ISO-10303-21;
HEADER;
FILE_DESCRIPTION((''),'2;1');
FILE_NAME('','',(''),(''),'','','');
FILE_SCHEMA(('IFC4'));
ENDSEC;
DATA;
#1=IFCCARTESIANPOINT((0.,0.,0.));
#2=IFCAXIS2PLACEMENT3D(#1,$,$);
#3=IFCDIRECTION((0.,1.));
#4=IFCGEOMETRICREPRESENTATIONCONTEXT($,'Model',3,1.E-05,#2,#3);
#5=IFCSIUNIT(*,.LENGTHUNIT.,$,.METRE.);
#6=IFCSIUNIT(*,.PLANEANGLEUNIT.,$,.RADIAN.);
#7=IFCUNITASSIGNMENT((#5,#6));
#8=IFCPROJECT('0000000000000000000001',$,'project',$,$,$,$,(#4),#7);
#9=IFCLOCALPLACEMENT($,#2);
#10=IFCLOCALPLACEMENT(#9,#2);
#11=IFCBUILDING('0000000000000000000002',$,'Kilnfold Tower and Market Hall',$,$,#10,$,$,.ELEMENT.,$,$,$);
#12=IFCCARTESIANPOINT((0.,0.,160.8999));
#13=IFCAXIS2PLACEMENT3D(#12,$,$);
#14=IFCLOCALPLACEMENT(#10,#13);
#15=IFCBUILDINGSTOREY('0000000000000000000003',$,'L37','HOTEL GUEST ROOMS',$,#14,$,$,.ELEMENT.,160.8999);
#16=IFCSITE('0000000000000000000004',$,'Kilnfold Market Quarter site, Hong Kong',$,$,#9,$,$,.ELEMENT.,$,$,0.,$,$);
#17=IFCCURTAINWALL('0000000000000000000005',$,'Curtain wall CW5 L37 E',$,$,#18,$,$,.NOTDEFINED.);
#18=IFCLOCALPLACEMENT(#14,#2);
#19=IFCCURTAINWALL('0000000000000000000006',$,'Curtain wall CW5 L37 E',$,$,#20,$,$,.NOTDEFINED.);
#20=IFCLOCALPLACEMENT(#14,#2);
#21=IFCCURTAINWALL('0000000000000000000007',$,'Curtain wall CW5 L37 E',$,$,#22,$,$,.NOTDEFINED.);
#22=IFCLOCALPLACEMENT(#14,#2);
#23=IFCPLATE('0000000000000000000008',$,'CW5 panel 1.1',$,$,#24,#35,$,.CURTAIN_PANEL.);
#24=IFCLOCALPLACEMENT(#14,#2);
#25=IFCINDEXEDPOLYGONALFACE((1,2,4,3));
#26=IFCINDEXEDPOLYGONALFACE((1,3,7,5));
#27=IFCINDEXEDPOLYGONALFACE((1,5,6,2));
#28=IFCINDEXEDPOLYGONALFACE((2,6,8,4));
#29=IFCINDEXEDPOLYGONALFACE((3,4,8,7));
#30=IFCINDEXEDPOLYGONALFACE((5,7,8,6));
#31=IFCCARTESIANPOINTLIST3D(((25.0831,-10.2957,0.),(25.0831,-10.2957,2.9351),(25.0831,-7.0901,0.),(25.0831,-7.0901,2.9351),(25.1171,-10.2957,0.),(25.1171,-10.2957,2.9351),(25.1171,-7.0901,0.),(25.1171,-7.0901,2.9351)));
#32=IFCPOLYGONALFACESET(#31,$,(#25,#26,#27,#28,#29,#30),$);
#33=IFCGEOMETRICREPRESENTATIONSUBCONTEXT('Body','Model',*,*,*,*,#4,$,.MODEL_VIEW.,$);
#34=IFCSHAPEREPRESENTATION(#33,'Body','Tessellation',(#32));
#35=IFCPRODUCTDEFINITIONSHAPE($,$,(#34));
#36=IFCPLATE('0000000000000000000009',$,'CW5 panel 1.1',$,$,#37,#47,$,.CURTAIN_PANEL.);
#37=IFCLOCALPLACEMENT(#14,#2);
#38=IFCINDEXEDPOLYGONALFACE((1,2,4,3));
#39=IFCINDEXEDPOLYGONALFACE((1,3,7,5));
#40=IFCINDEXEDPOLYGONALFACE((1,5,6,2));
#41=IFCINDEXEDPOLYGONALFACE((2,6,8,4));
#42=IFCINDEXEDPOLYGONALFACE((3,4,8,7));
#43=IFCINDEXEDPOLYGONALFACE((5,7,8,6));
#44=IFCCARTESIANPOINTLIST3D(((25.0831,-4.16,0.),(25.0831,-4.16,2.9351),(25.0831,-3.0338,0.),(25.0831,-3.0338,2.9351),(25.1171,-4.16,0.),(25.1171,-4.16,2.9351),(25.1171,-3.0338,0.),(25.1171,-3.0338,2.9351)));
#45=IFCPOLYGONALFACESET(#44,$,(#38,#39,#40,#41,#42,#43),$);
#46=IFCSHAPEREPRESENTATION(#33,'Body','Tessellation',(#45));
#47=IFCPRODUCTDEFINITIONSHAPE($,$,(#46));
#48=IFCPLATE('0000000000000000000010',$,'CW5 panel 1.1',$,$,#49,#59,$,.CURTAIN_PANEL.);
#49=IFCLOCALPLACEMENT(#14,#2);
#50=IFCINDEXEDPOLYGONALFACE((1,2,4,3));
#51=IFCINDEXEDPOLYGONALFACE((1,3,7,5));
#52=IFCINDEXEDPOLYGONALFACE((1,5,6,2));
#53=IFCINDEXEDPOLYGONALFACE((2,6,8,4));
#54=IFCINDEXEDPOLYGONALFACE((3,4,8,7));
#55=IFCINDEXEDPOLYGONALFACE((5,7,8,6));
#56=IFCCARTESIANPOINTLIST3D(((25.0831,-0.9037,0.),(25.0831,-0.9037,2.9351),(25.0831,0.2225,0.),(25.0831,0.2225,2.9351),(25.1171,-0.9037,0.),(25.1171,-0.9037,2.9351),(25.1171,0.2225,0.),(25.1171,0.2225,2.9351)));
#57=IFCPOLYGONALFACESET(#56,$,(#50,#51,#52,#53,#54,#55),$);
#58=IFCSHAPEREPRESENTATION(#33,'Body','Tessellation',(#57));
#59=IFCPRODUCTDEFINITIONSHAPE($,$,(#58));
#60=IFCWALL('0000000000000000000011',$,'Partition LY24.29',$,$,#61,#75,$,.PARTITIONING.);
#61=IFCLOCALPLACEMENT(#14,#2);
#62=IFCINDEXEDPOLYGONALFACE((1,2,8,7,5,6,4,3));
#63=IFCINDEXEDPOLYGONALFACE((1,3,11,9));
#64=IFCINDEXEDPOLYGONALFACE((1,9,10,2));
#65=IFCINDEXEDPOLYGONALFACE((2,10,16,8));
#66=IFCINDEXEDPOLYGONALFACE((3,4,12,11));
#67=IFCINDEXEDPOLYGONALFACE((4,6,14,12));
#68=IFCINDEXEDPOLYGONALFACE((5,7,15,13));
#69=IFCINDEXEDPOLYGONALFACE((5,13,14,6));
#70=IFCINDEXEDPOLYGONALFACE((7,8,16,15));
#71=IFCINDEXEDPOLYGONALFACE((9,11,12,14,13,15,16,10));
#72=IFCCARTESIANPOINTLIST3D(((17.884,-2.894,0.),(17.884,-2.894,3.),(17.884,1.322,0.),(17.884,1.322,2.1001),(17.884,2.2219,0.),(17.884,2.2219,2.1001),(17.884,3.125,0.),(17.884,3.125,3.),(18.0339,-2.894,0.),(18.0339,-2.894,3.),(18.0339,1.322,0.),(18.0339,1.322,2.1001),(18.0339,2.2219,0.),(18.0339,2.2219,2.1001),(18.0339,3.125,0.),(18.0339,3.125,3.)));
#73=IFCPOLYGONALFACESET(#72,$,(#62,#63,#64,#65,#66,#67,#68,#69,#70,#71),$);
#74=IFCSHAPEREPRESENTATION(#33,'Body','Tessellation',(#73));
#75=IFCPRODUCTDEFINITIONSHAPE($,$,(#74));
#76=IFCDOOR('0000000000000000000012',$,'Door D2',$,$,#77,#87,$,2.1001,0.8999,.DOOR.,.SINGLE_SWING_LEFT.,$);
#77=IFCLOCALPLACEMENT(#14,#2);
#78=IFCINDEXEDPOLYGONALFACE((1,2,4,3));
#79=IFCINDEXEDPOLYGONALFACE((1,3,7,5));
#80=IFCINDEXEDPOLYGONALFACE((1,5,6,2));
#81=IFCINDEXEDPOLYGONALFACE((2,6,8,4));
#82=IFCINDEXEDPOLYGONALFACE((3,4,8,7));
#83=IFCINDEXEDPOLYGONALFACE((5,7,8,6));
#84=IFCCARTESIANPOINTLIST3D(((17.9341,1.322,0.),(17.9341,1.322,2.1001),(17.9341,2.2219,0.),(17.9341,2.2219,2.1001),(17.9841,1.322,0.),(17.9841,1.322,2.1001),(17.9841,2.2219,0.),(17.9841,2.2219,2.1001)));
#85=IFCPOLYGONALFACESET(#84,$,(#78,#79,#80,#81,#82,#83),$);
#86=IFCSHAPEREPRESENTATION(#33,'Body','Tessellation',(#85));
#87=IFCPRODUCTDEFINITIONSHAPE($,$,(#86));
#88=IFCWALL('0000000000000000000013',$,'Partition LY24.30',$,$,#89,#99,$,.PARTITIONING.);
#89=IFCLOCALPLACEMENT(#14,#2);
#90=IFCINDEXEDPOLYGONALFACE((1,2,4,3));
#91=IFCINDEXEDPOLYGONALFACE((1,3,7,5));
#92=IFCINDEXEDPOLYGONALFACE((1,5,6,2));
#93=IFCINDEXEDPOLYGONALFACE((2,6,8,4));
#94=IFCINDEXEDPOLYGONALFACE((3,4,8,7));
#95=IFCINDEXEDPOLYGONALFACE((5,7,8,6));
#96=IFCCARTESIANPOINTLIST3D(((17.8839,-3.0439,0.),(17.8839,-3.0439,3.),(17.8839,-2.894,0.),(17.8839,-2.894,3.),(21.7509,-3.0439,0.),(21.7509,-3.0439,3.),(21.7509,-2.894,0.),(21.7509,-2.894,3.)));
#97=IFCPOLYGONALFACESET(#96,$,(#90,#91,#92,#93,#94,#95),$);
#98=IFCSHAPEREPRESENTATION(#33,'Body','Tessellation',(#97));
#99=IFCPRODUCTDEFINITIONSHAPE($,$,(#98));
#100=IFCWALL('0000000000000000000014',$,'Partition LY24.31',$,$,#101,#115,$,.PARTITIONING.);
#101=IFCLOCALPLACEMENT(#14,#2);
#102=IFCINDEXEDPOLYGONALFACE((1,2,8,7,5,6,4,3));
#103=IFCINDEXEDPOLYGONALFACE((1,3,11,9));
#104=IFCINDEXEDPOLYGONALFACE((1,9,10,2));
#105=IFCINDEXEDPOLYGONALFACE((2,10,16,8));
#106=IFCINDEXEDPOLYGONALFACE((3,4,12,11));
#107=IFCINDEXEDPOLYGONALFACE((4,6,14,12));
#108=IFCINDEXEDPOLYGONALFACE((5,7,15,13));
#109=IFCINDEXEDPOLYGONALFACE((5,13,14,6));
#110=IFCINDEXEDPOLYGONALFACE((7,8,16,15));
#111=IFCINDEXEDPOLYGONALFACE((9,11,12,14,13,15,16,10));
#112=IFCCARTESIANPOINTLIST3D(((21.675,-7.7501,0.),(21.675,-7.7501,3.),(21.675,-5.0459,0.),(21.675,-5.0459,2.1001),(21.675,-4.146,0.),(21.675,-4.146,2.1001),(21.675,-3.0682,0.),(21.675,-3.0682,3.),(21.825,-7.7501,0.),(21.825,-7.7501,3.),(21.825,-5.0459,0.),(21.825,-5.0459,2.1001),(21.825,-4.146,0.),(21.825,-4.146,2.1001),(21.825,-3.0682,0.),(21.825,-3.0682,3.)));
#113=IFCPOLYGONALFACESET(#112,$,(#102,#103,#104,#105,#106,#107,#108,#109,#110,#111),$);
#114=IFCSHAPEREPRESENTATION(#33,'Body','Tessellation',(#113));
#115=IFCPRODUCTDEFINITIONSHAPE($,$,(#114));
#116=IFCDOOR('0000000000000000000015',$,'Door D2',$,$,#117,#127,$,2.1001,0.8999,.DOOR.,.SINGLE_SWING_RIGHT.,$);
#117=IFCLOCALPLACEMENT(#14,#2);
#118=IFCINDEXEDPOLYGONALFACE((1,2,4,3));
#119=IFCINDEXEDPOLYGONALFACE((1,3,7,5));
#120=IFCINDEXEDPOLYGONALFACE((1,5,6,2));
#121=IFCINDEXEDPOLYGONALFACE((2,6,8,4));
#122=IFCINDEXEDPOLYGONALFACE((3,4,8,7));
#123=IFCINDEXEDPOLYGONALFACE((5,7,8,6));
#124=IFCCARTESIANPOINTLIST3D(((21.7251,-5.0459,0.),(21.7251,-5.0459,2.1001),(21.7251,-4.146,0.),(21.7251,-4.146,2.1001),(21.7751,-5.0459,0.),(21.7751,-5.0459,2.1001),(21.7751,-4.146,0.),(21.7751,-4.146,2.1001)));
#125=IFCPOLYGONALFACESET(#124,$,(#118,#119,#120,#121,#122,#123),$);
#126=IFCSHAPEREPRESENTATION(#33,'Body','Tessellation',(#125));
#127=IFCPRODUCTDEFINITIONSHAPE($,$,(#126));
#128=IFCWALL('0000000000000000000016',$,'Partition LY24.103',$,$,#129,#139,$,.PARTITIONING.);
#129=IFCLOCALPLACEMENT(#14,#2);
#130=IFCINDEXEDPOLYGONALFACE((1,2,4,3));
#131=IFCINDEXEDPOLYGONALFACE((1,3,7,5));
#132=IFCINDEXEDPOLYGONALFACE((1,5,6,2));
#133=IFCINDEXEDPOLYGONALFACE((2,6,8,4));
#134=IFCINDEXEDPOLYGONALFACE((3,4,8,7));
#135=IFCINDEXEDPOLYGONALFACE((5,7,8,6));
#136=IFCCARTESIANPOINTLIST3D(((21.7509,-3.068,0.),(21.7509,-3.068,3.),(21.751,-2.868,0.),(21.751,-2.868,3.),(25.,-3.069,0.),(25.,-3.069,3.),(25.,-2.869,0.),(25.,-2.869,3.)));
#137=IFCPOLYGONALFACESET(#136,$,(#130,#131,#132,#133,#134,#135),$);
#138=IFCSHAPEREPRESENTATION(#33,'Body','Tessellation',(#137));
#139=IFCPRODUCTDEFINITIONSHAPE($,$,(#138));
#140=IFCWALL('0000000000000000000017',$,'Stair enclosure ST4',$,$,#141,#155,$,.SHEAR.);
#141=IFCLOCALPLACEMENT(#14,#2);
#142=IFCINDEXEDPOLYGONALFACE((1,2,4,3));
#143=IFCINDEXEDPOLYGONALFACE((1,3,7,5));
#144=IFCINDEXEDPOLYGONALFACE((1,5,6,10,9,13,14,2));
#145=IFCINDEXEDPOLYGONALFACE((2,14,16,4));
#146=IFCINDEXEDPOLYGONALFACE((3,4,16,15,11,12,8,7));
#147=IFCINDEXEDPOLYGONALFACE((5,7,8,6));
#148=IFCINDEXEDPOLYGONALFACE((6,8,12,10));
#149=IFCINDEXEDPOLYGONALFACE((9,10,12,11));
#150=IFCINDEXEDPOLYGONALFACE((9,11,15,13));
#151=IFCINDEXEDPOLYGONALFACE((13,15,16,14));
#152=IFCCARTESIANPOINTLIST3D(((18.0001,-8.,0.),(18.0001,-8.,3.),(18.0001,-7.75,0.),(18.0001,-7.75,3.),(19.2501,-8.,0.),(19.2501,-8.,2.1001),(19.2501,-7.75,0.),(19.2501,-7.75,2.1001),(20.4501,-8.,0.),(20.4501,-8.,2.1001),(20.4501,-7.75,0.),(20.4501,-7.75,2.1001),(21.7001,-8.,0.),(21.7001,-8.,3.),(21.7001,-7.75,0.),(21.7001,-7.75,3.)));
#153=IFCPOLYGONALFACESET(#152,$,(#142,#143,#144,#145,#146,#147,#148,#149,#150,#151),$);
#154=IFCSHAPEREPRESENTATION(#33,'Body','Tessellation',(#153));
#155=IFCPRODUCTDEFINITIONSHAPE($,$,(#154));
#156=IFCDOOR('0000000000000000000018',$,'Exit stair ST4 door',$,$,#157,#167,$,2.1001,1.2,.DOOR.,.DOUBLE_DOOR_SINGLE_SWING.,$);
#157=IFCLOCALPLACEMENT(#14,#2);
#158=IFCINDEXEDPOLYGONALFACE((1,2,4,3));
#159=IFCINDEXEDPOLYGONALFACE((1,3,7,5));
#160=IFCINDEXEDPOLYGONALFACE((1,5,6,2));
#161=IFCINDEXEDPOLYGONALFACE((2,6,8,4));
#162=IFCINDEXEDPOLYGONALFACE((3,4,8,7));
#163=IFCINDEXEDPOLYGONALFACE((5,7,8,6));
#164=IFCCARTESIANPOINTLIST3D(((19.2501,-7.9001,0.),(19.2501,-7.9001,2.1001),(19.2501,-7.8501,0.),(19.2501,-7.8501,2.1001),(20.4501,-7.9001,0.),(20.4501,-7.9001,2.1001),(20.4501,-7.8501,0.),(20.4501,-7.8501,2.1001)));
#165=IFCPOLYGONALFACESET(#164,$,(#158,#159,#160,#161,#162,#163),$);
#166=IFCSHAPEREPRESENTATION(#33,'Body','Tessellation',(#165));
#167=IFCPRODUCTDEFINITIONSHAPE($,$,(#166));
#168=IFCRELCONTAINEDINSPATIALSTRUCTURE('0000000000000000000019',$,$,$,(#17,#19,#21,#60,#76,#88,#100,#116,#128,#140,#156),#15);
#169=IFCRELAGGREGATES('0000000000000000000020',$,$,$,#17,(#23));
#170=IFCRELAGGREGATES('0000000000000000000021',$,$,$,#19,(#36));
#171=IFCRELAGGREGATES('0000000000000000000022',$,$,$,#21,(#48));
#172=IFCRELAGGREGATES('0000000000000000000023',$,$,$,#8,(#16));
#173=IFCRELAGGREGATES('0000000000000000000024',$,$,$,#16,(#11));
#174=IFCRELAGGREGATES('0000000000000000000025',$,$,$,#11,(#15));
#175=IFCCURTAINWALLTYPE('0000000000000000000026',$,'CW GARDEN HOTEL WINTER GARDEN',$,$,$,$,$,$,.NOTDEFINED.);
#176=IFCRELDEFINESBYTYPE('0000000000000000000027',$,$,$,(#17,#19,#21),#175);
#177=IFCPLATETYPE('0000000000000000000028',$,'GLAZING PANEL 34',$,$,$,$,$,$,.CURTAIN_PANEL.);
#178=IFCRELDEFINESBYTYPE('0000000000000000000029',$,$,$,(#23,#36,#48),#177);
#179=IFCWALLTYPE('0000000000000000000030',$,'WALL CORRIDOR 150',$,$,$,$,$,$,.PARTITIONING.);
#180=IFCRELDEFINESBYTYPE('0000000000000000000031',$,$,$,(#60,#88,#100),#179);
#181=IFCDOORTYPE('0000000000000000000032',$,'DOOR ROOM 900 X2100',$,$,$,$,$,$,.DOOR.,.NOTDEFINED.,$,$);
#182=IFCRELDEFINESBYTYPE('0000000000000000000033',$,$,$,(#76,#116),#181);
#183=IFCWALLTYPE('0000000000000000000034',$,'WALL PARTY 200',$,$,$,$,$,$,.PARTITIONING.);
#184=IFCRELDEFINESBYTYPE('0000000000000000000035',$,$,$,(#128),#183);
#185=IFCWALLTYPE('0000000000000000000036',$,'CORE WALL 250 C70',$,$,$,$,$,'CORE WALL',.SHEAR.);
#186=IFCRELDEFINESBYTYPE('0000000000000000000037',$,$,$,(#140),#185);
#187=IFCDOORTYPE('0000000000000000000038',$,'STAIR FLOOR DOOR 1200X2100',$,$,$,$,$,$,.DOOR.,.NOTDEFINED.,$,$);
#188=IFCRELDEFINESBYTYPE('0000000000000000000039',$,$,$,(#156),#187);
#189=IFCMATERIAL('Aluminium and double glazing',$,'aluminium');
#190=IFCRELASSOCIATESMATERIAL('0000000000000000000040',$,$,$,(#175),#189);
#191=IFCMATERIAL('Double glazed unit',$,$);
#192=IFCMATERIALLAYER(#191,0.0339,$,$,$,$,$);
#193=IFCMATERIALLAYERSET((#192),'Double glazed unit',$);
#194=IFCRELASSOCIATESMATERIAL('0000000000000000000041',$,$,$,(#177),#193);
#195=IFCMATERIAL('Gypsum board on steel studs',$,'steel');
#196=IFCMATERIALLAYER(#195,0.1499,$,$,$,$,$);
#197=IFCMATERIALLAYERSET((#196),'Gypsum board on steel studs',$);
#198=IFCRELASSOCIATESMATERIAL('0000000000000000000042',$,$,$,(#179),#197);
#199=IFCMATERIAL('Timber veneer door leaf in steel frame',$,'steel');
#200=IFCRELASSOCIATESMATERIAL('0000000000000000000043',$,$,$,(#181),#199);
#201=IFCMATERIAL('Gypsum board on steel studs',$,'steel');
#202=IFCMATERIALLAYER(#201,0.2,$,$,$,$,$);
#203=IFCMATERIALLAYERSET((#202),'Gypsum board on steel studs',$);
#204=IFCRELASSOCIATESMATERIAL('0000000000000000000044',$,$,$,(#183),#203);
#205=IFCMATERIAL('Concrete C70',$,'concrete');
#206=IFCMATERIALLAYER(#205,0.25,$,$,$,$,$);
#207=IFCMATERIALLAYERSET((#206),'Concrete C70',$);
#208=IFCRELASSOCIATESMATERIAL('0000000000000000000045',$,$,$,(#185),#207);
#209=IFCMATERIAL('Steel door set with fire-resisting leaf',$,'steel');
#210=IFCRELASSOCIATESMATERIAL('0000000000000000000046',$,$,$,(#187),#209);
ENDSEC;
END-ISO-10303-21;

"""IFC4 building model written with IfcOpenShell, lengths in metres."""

from ifc_helpers import new_model, si_unit, direction, frame, frame_2d, origin, origin_2d, place, context, subcontext, project, spatial, rectangle, extrude, source, transform, mapped, material, layer, layer_set, type_object, element, fill, aggregate, save


model = new_model("IFC4")

# Units and contexts
model_context = context("Model", 3, precision=1e-05, world=origin(), true_north=direction((0.0, 1.0)))
body_context = subcontext(model_context, "Body", "Model", "MODEL_VIEW")
ifc_project = project(units=[si_unit("LENGTHUNIT", "METRE"), si_unit("PLANEANGLEUNIT", "RADIAN")], contexts=[model_context])

# Site, building, storey
site_placement = place(None, origin())
site = spatial("IfcSite", under=ifc_project, at=site_placement, Name="Kilnfold Market Quarter site, Hong Kong", CompositionType="ELEMENT", RefElevation=0.0)
building_placement = place(site_placement, origin())
building = spatial("IfcBuilding", under=site, at=building_placement, Name="Kilnfold Tower and Market Hall", CompositionType="ELEMENT")
storey_placement = place(building_placement, frame((0.0, 0.0, 160.8999)))
storey = spatial("IfcBuildingStorey", under=building, at=storey_placement, Name="L37", Description="HOTEL GUEST ROOMS", CompositionType="ELEMENT", Elevation=160.8999)

# Shared definitions
ifc_material_1 = material(Name="Aluminium and double glazing", Category="aluminium")
curtain_wall_type = type_object("IfcCurtainWallType", Name="CW GARDEN HOTEL WINTER GARDEN", PredefinedType="NOTDEFINED", material=ifc_material_1)

# Curtain walls
curtain_wall_1_placement = place(storey_placement, origin())
curtain_wall_1 = element("IfcCurtainWall", 1, at=curtain_wall_1_placement, inside=storey, type_object=curtain_wall_type, Name="Curtain wall CW5 L37 E", PredefinedType="NOTDEFINED")
curtain_wall_2_placement = place(storey_placement, origin())
curtain_wall_2 = element("IfcCurtainWall", 2, at=curtain_wall_2_placement, inside=storey, type_object=curtain_wall_type, Name="Curtain wall CW5 L37 E", PredefinedType="NOTDEFINED")
curtain_wall_3_placement = place(storey_placement, origin())
curtain_wall_3 = element("IfcCurtainWall", 3, at=curtain_wall_3_placement, inside=storey, type_object=curtain_wall_type, Name="Curtain wall CW5 L37 E", PredefinedType="NOTDEFINED")

# Plates
ifc_material_2 = material(Name="Double glazed unit")
ifc_layer_1 = layer(ifc_material_2, 0.0339)
ifc_layer_set_1 = layer_set([ifc_layer_1], Name="Double glazed unit")
plate_type = type_object("IfcPlateType", Name="GLAZING PANEL 34", PredefinedType="CURTAIN_PANEL", material=ifc_layer_set_1)
shared_shape_1 = source(origin(), body_context, "Body", "SweptSolid", [
    extrude(rectangle(XDim=3.2056, YDim=0.0339, at=origin_2d()), origin(), (0.0, 0.0, 1.0), 2.9351),
])
plate_1_placement = place(storey_placement, frame((25.1001, -8.6929, 0.0), z_axis=(0.0, 0.0, 1.0), x_axis=(0.0, 1.0, 0.0)))
plate_1 = element("IfcPlate", 4, at=plate_1_placement, type_object=plate_type, Name="CW5 panel 1.1", PredefinedType="CURTAIN_PANEL", context=body_context, shape_type="MappedRepresentation", body=[
    mapped(shared_shape_1, transform((0.0, 0.0, 0.0))),
])
aggregate(curtain_wall_1, [plate_1])
shared_shape_2 = source(origin(), body_context, "Body", "SweptSolid", [
    extrude(rectangle(XDim=1.1262, YDim=0.0339, at=origin_2d()), origin(), (0.0, 0.0, 1.0), 2.9351),
])
plate_2_placement = place(storey_placement, frame((25.1001, -3.5969, 0.0), z_axis=(0.0, 0.0, 1.0), x_axis=(0.0, 1.0, 0.0)))
plate_2 = element("IfcPlate", 5, at=plate_2_placement, type_object=plate_type, Name="CW5 panel 1.1", PredefinedType="CURTAIN_PANEL", context=body_context, shape_type="MappedRepresentation", body=[
    mapped(shared_shape_2, transform((0.0, 0.0, 0.0))),
])
aggregate(curtain_wall_2, [plate_2])
plate_3_placement = place(storey_placement, frame((25.1001, -0.3406, 0.0), z_axis=(0.0, 0.0, 1.0), x_axis=(0.0, 1.0, 0.0)))
plate_3 = element("IfcPlate", 6, at=plate_3_placement, type_object=plate_type, Name="CW5 panel 1.1", PredefinedType="CURTAIN_PANEL", context=body_context, shape_type="MappedRepresentation", body=[
    mapped(shared_shape_2, transform((0.0, 0.0, 0.0))),
])
aggregate(curtain_wall_3, [plate_3])

# Wall, opening, door
ifc_material_3 = material(Name="Gypsum board on steel studs", Category="steel")
ifc_layer_2 = layer(ifc_material_3, 0.1499)
ifc_layer_set_2 = layer_set([ifc_layer_2], Name="Gypsum board on steel studs")
wall_type_1 = type_object("IfcWallType", Name="WALL CORRIDOR 150", PredefinedType="PARTITIONING", material=ifc_layer_set_2)
wall_1_placement = place(storey_placement, frame((17.959, -2.894, 0.0), z_axis=(0.0, 0.0, 1.0), x_axis=(0.0, 1.0, 0.0)))
wall_1 = element("IfcWall", 7, at=wall_1_placement, inside=storey, type_object=wall_type_1, Name="Partition LY24.29", PredefinedType="PARTITIONING", context=body_context, shape_type="SweptSolid", body=[
    extrude(rectangle(XDim=6.019, YDim=0.1499, at=frame_2d((3.0095, 0.0))), origin(), (0.0, 0.0, 1.0), 3.0),
])
opening_1_placement = place(wall_1_placement, frame((4.2161, 0.0, 0.0)))
opening_1 = element("IfcOpeningElement", 8, at=opening_1_placement, cuts=wall_1, PredefinedType="OPENING", context=body_context, shape_type="SweptSolid", body=[
    extrude(rectangle(XDim=0.8999, YDim=2.1001, at=frame_2d((0.45, 1.05))), frame((0.0, 0.085, 0.0), z_axis=(0.0, -1.0, 0.0), x_axis=(1.0, 0.0, 0.0)), (0.0, 0.0, 1.0), 0.1699),
])
ifc_material_4 = material(Name="Timber veneer door leaf in steel frame", Category="steel")
door_type_1 = type_object("IfcDoorType", Name="DOOR ROOM 900 X2100", OperationType="NOTDEFINED", PredefinedType="DOOR", material=ifc_material_4)
door_1_placement = place(opening_1_placement, origin())
door_1 = element("IfcDoor", 9, at=door_1_placement, inside=storey, type_object=door_type_1, Name="Door D2", OperationType="SINGLE_SWING_LEFT", OverallHeight=2.1001, OverallWidth=0.8999, PredefinedType="DOOR", context=body_context, shape_type="SweptSolid", body=[
    extrude(rectangle(XDim=0.8999, YDim=2.1001, at=frame_2d((0.45, 1.05))), frame((0.0, 0.0249, 0.0), z_axis=(0.0, -1.0, 0.0), x_axis=(1.0, 0.0, 0.0)), (0.0, 0.0, 1.0), 0.05),
])
fill(opening_1, door_1)

# Wall
wall_2_placement = place(storey_placement, frame((21.751, -2.969, 0.0), z_axis=(0.0, 0.0, 1.0), x_axis=(-1.0, 0.0, 0.0)))
element("IfcWall", 10, at=wall_2_placement, inside=storey, type_object=wall_type_1, Name="Partition LY24.30", PredefinedType="PARTITIONING", context=body_context, shape_type="SweptSolid", body=[
    extrude(rectangle(XDim=3.8669, YDim=0.1499, at=frame_2d((1.9336, 0.0))), origin(), (0.0, 0.0, 1.0), 3.0),
])

# Wall, opening, door
wall_3_placement = place(storey_placement, frame((21.75, -7.75, 0.0), z_axis=(0.0, 0.0, 1.0), x_axis=(0.0, 1.0, 0.0)))
wall_3 = element("IfcWall", 11, at=wall_3_placement, inside=storey, type_object=wall_type_1, Name="Partition LY24.31", PredefinedType="PARTITIONING", context=body_context, shape_type="SweptSolid", body=[
    extrude(rectangle(XDim=4.6819, YDim=0.1499, at=frame_2d((2.3408, 0.0))), origin(), (0.0, 0.0, 1.0), 3.0),
])
opening_2_placement = place(wall_3_placement, frame((2.7041, 0.0, 0.0)))
opening_2 = element("IfcOpeningElement", 12, at=opening_2_placement, cuts=wall_3, PredefinedType="OPENING", context=body_context, shape_type="SweptSolid", body=[
    extrude(rectangle(XDim=0.8999, YDim=2.1001, at=frame_2d((0.45, 1.05))), frame((0.0, 0.085, 0.0), z_axis=(0.0, -1.0, 0.0), x_axis=(1.0, 0.0, 0.0)), (0.0, 0.0, 1.0), 0.1699),
])
door_2_placement = place(opening_2_placement, origin())
door_2 = element("IfcDoor", 13, at=door_2_placement, inside=storey, type_object=door_type_1, Name="Door D2", OperationType="SINGLE_SWING_RIGHT", OverallHeight=2.1001, OverallWidth=0.8999, PredefinedType="DOOR", context=body_context, shape_type="SweptSolid", body=[
    extrude(rectangle(XDim=0.8999, YDim=2.1001, at=frame_2d((0.45, 1.05))), frame((0.0, 0.0249, 0.0), z_axis=(0.0, -1.0, 0.0), x_axis=(1.0, 0.0, 0.0)), (0.0, 0.0, 1.0), 0.05),
])
fill(opening_2, door_2)

# Wall
ifc_material_5 = material(Name="Gypsum board on steel studs", Category="steel")
ifc_layer_3 = layer(ifc_material_5, 0.2)
ifc_layer_set_3 = layer_set([ifc_layer_3], Name="Gypsum board on steel studs")
wall_type_2 = type_object("IfcWallType", Name="WALL PARTY 200", PredefinedType="PARTITIONING", material=ifc_layer_set_3)
wall_4_placement = place(storey_placement, frame((21.751, -2.968, 0.0), z_axis=(0.0, 0.0, 1.0), x_axis=(1.0, -0.000301, 0.0)))
element("IfcWall", 14, at=wall_4_placement, inside=storey, type_object=wall_type_2, Name="Partition LY24.103", PredefinedType="PARTITIONING", context=body_context, shape_type="SweptSolid", body=[
    extrude(rectangle(XDim=3.249, YDim=0.2, at=frame_2d((1.6245, 0.0))), origin(), (0.0, 0.0, 1.0), 3.0),
])

# Wall, opening, door
ifc_material_6 = material(Name="Concrete C70", Category="concrete")
ifc_layer_4 = layer(ifc_material_6, 0.25)
ifc_layer_set_4 = layer_set([ifc_layer_4], Name="Concrete C70")
wall_type_3 = type_object("IfcWallType", Name="CORE WALL 250 C70", ElementType="CORE WALL", PredefinedType="SHEAR", material=ifc_layer_set_4)
shared_shape_3 = source(origin(), body_context, "Body", "SweptSolid", [
    extrude(rectangle(XDim=3.7, YDim=0.25, at=frame_2d((1.8501, 0.0))), origin(), (0.0, 0.0, 1.0), 3.0),
])
wall_5_placement = place(storey_placement, frame((18.0, -7.875, 0.0), z_axis=(0.0, 0.0, 1.0), x_axis=(1.0, 0.0, 0.0)))
wall_5 = element("IfcWall", 15, at=wall_5_placement, inside=storey, type_object=wall_type_3, Name="Stair enclosure ST4", PredefinedType="SHEAR", context=body_context, shape_type="MappedRepresentation", body=[
    mapped(shared_shape_3, transform((0.0, 0.0, 0.0))),
])
opening_3_placement = place(wall_5_placement, frame((1.25, 0.0, 0.0)))
opening_3 = element("IfcOpeningElement", 16, at=opening_3_placement, cuts=wall_5, PredefinedType="OPENING", context=body_context, shape_type="SweptSolid", body=[
    extrude(rectangle(XDim=1.2, YDim=2.1001, at=frame_2d((0.6001, 1.05))), frame((0.0, 0.135, 0.0), z_axis=(0.0, -1.0, 0.0), x_axis=(1.0, 0.0, 0.0)), (0.0, 0.0, 1.0), 0.27),
])
ifc_material_7 = material(Name="Steel door set with fire-resisting leaf", Category="steel")
door_type_2 = type_object("IfcDoorType", Name="STAIR FLOOR DOOR 1200X2100", OperationType="NOTDEFINED", PredefinedType="DOOR", material=ifc_material_7)
door_3_placement = place(opening_3_placement, origin())
door_3 = element("IfcDoor", 17, at=door_3_placement, inside=storey, type_object=door_type_2, Name="Exit stair ST4 door", OperationType="DOUBLE_DOOR_SINGLE_SWING", OverallHeight=2.1001, OverallWidth=1.2, PredefinedType="DOOR", context=body_context, shape_type="SweptSolid", body=[
    extrude(rectangle(XDim=1.2, YDim=2.1001, at=frame_2d((0.6001, 1.05))), frame((0.0, 0.0249, 0.0), z_axis=(0.0, -1.0, 0.0), x_axis=(1.0, 0.0, 0.0)), (0.0, 0.0, 1.0), 0.05),
])
fill(opening_3, door_3)

save(model, "model.ifc")
